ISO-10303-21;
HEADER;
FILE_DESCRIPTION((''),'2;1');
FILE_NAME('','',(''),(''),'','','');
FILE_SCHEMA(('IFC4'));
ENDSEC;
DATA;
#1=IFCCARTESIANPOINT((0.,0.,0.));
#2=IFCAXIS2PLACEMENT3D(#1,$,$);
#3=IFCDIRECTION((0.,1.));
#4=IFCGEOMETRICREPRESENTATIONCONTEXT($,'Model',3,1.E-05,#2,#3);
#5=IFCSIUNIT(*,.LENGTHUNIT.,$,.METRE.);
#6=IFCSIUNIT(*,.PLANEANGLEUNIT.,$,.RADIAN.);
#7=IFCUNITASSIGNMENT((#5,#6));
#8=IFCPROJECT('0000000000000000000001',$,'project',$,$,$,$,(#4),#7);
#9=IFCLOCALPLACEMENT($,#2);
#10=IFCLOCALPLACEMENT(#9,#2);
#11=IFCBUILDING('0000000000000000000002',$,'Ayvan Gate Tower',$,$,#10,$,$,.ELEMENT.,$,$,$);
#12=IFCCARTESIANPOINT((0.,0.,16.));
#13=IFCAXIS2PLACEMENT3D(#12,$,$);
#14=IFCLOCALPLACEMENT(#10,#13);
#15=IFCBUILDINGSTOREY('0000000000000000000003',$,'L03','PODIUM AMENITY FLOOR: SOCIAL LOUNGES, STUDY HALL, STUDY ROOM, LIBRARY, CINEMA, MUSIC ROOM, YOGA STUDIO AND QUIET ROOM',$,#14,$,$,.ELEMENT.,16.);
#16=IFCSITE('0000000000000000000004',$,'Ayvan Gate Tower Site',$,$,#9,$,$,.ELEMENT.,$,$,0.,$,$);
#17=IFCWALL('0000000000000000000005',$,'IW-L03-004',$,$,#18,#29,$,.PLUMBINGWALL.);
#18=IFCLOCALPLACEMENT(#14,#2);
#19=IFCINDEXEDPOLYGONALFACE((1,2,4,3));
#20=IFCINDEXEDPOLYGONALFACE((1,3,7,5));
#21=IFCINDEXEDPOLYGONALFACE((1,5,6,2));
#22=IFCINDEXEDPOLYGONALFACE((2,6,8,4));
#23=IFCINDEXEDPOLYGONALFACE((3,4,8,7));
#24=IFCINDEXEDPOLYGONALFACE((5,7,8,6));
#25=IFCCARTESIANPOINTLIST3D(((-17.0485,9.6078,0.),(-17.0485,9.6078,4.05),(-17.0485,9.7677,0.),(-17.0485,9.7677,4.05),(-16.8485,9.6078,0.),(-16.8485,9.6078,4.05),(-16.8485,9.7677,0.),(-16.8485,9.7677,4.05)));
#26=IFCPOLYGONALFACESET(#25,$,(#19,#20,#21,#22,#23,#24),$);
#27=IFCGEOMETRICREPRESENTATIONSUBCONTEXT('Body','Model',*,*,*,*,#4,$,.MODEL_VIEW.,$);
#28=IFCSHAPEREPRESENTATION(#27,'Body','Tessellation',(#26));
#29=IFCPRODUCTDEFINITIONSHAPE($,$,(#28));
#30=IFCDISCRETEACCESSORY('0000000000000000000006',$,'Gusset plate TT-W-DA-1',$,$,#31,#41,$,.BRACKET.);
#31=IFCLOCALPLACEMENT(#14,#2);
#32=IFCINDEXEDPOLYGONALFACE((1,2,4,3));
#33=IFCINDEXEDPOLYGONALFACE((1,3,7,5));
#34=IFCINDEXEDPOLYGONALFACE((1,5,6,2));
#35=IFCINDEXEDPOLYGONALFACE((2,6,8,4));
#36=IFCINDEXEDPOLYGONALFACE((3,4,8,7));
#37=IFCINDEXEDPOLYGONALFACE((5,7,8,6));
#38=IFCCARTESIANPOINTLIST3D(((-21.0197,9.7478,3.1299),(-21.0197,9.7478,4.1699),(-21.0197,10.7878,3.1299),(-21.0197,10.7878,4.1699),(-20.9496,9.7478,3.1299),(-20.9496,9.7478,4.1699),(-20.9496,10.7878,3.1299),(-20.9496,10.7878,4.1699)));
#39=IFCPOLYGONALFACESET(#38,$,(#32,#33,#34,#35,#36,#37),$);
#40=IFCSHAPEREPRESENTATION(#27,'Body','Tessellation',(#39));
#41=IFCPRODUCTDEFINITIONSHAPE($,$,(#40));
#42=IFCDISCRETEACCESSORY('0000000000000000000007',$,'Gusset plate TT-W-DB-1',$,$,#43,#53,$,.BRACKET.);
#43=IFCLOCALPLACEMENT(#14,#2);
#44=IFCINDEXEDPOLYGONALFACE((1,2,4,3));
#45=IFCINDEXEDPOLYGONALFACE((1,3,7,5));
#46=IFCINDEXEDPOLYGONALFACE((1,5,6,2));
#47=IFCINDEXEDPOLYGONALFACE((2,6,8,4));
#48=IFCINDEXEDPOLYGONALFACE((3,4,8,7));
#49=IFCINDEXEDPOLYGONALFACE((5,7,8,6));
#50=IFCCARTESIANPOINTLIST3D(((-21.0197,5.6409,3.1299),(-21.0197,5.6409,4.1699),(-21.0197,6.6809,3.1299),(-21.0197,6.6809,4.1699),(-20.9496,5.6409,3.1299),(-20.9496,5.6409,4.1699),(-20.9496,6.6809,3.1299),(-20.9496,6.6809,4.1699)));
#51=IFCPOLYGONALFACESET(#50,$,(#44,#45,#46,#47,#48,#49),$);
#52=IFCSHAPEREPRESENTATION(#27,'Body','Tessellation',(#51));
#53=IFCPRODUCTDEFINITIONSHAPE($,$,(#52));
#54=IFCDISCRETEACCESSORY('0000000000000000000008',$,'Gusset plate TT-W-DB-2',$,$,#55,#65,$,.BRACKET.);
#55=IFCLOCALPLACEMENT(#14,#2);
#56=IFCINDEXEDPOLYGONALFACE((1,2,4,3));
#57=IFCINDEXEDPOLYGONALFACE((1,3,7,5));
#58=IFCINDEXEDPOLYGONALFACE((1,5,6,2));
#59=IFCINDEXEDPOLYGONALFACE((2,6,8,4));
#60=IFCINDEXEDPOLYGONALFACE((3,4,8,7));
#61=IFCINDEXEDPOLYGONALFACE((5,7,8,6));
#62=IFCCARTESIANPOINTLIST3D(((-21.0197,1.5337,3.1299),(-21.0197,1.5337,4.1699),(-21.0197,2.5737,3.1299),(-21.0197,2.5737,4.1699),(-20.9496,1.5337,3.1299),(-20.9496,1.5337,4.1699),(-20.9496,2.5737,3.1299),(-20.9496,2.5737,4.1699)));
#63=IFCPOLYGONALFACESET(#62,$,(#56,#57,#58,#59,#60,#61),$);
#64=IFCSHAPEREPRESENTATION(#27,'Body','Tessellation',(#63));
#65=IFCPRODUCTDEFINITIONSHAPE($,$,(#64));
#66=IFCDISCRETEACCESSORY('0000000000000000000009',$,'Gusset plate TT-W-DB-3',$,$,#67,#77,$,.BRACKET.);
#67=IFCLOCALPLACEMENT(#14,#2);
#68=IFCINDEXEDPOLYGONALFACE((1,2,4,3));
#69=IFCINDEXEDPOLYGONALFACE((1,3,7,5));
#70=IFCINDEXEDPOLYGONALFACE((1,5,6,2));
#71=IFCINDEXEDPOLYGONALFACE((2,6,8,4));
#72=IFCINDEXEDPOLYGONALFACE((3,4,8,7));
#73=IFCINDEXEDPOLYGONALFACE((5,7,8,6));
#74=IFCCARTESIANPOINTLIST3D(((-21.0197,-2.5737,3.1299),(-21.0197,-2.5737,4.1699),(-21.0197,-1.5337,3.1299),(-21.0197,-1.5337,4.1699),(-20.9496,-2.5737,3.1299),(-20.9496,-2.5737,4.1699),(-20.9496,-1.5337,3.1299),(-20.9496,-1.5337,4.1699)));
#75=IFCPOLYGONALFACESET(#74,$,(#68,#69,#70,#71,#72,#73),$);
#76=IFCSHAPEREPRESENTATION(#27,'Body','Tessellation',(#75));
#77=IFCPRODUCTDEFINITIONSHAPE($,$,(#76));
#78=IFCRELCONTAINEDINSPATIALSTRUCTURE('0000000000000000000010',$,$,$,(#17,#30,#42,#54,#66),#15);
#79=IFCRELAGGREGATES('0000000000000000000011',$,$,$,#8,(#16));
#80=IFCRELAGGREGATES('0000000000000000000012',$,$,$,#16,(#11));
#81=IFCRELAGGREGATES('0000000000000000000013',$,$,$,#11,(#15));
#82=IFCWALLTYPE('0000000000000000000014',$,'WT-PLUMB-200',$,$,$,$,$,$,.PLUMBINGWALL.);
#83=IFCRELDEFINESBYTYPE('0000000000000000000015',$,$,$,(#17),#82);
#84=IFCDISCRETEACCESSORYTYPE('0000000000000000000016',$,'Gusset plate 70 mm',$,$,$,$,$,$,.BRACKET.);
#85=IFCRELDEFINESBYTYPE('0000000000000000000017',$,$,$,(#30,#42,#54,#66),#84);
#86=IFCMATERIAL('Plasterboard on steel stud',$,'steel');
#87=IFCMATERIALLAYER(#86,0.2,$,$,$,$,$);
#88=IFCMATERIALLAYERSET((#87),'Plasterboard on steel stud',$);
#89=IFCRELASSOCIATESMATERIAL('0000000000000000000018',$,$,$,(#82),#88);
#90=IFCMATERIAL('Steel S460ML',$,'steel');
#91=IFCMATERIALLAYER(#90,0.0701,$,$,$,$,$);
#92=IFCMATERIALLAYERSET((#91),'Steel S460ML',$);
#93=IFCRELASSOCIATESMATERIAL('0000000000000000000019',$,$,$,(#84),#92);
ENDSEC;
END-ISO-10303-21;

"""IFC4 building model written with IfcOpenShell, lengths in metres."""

from ifc_helpers import new_model, si_unit, direction, frame, frame_2d, origin, origin_2d, place, context, subcontext, project, spatial, rectangle, extrude, material, layer, layer_set, type_object, element, save


model = new_model("IFC4")

# Units and contexts
model_context = context("Model", 3, precision=1e-05, world=origin(), true_north=direction((0.0, 1.0)))
body_context = subcontext(model_context, "Body", "Model", "MODEL_VIEW")
ifc_project = project(units=[si_unit("LENGTHUNIT", "METRE"), si_unit("PLANEANGLEUNIT", "RADIAN")], contexts=[model_context])

# Site, building, storey
site_placement = place(None, origin())
site = spatial("IfcSite", under=ifc_project, at=site_placement, Name="Ayvan Gate Tower Site", CompositionType="ELEMENT", RefElevation=0.0)
building_placement = place(site_placement, origin())
building = spatial("IfcBuilding", under=site, at=building_placement, Name="Ayvan Gate Tower", CompositionType="ELEMENT")
storey_placement = place(building_placement, frame((0.0, 0.0, 16.0)))
storey = spatial("IfcBuildingStorey", under=building, at=storey_placement, Name="L03", Description="PODIUM AMENITY FLOOR: SOCIAL LOUNGES, STUDY HALL, STUDY ROOM, LIBRARY, CINEMA, MUSIC ROOM, YOGA STUDIO AND QUIET ROOM", CompositionType="ELEMENT", Elevation=16.0)

# Shared definitions
ifc_material_1 = material(Name="Plasterboard on steel stud", Category="steel")

# Wall
ifc_layer_1 = layer(ifc_material_1, 0.2)
ifc_layer_set_1 = layer_set([ifc_layer_1], Name="Plasterboard on steel stud")
wall_type_1 = type_object("IfcWallType", Name="WT-PLUMB-200", PredefinedType="PLUMBINGWALL", material=ifc_layer_set_1)
wall_1_placement = place(storey_placement, frame((-16.9485, 9.7678, 0.0), z_axis=(0.0, 0.0, 1.0), x_axis=(0.0, -1.0, 0.0)))
element("IfcWall", 1, at=wall_1_placement, inside=storey, type_object=wall_type_1, Name="IW-L03-004", PredefinedType="PLUMBINGWALL", context=body_context, shape_type="SweptSolid", body=[
    extrude(rectangle(XDim=0.1599, YDim=0.2, at=frame_2d((0.0801, 0.0))), origin(), (0.0, 0.0, 1.0), 4.05),
])

# Discrete accessories
ifc_material_2 = material(Name="Steel S460ML", Category="steel")
ifc_layer_2 = layer(ifc_material_2, 0.0701)
ifc_layer_set_2 = layer_set([ifc_layer_2], Name="Steel S460ML")
discrete_accessory_type = type_object("IfcDiscreteAccessoryType", Name="Gusset plate 70 mm", PredefinedType="BRACKET", material=ifc_layer_set_2)
for number, where, z_axis, x_axis, name in (
    (2, (-20.9846, 10.2678, 3.1299), (0.0, 0.0, 1.0), (0.0, 1.0, 0.0), "Gusset plate TT-W-DA-1"),
    (3, (-20.9846, 6.1609, 3.1299), (0.0, 0.0, 1.0), (0.0, 1.0, 0.0), "Gusset plate TT-W-DB-1"),
    (4, (-20.9846, 2.0537, 3.1299), (0.0, 0.0, 1.0), (0.0, 1.0, 0.0), "Gusset plate TT-W-DB-2"),
    (5, (-20.9846, -2.0537, 3.1299), (0.0, 0.0, 1.0), (0.0, 1.0, 0.0), "Gusset plate TT-W-DB-3"),
):
    element("IfcDiscreteAccessory", number, at=place(storey_placement, frame(where, z_axis=z_axis, x_axis=x_axis)), inside=storey, type_object=discrete_accessory_type, Name=name, PredefinedType="BRACKET", context=body_context, shape_type="SweptSolid", body=[
        extrude(rectangle(XDim=1.04, YDim=0.0701, at=origin_2d()), origin(), (0.0, 0.0, 1.0), 1.04),
    ])

save(model, "model.ifc")
